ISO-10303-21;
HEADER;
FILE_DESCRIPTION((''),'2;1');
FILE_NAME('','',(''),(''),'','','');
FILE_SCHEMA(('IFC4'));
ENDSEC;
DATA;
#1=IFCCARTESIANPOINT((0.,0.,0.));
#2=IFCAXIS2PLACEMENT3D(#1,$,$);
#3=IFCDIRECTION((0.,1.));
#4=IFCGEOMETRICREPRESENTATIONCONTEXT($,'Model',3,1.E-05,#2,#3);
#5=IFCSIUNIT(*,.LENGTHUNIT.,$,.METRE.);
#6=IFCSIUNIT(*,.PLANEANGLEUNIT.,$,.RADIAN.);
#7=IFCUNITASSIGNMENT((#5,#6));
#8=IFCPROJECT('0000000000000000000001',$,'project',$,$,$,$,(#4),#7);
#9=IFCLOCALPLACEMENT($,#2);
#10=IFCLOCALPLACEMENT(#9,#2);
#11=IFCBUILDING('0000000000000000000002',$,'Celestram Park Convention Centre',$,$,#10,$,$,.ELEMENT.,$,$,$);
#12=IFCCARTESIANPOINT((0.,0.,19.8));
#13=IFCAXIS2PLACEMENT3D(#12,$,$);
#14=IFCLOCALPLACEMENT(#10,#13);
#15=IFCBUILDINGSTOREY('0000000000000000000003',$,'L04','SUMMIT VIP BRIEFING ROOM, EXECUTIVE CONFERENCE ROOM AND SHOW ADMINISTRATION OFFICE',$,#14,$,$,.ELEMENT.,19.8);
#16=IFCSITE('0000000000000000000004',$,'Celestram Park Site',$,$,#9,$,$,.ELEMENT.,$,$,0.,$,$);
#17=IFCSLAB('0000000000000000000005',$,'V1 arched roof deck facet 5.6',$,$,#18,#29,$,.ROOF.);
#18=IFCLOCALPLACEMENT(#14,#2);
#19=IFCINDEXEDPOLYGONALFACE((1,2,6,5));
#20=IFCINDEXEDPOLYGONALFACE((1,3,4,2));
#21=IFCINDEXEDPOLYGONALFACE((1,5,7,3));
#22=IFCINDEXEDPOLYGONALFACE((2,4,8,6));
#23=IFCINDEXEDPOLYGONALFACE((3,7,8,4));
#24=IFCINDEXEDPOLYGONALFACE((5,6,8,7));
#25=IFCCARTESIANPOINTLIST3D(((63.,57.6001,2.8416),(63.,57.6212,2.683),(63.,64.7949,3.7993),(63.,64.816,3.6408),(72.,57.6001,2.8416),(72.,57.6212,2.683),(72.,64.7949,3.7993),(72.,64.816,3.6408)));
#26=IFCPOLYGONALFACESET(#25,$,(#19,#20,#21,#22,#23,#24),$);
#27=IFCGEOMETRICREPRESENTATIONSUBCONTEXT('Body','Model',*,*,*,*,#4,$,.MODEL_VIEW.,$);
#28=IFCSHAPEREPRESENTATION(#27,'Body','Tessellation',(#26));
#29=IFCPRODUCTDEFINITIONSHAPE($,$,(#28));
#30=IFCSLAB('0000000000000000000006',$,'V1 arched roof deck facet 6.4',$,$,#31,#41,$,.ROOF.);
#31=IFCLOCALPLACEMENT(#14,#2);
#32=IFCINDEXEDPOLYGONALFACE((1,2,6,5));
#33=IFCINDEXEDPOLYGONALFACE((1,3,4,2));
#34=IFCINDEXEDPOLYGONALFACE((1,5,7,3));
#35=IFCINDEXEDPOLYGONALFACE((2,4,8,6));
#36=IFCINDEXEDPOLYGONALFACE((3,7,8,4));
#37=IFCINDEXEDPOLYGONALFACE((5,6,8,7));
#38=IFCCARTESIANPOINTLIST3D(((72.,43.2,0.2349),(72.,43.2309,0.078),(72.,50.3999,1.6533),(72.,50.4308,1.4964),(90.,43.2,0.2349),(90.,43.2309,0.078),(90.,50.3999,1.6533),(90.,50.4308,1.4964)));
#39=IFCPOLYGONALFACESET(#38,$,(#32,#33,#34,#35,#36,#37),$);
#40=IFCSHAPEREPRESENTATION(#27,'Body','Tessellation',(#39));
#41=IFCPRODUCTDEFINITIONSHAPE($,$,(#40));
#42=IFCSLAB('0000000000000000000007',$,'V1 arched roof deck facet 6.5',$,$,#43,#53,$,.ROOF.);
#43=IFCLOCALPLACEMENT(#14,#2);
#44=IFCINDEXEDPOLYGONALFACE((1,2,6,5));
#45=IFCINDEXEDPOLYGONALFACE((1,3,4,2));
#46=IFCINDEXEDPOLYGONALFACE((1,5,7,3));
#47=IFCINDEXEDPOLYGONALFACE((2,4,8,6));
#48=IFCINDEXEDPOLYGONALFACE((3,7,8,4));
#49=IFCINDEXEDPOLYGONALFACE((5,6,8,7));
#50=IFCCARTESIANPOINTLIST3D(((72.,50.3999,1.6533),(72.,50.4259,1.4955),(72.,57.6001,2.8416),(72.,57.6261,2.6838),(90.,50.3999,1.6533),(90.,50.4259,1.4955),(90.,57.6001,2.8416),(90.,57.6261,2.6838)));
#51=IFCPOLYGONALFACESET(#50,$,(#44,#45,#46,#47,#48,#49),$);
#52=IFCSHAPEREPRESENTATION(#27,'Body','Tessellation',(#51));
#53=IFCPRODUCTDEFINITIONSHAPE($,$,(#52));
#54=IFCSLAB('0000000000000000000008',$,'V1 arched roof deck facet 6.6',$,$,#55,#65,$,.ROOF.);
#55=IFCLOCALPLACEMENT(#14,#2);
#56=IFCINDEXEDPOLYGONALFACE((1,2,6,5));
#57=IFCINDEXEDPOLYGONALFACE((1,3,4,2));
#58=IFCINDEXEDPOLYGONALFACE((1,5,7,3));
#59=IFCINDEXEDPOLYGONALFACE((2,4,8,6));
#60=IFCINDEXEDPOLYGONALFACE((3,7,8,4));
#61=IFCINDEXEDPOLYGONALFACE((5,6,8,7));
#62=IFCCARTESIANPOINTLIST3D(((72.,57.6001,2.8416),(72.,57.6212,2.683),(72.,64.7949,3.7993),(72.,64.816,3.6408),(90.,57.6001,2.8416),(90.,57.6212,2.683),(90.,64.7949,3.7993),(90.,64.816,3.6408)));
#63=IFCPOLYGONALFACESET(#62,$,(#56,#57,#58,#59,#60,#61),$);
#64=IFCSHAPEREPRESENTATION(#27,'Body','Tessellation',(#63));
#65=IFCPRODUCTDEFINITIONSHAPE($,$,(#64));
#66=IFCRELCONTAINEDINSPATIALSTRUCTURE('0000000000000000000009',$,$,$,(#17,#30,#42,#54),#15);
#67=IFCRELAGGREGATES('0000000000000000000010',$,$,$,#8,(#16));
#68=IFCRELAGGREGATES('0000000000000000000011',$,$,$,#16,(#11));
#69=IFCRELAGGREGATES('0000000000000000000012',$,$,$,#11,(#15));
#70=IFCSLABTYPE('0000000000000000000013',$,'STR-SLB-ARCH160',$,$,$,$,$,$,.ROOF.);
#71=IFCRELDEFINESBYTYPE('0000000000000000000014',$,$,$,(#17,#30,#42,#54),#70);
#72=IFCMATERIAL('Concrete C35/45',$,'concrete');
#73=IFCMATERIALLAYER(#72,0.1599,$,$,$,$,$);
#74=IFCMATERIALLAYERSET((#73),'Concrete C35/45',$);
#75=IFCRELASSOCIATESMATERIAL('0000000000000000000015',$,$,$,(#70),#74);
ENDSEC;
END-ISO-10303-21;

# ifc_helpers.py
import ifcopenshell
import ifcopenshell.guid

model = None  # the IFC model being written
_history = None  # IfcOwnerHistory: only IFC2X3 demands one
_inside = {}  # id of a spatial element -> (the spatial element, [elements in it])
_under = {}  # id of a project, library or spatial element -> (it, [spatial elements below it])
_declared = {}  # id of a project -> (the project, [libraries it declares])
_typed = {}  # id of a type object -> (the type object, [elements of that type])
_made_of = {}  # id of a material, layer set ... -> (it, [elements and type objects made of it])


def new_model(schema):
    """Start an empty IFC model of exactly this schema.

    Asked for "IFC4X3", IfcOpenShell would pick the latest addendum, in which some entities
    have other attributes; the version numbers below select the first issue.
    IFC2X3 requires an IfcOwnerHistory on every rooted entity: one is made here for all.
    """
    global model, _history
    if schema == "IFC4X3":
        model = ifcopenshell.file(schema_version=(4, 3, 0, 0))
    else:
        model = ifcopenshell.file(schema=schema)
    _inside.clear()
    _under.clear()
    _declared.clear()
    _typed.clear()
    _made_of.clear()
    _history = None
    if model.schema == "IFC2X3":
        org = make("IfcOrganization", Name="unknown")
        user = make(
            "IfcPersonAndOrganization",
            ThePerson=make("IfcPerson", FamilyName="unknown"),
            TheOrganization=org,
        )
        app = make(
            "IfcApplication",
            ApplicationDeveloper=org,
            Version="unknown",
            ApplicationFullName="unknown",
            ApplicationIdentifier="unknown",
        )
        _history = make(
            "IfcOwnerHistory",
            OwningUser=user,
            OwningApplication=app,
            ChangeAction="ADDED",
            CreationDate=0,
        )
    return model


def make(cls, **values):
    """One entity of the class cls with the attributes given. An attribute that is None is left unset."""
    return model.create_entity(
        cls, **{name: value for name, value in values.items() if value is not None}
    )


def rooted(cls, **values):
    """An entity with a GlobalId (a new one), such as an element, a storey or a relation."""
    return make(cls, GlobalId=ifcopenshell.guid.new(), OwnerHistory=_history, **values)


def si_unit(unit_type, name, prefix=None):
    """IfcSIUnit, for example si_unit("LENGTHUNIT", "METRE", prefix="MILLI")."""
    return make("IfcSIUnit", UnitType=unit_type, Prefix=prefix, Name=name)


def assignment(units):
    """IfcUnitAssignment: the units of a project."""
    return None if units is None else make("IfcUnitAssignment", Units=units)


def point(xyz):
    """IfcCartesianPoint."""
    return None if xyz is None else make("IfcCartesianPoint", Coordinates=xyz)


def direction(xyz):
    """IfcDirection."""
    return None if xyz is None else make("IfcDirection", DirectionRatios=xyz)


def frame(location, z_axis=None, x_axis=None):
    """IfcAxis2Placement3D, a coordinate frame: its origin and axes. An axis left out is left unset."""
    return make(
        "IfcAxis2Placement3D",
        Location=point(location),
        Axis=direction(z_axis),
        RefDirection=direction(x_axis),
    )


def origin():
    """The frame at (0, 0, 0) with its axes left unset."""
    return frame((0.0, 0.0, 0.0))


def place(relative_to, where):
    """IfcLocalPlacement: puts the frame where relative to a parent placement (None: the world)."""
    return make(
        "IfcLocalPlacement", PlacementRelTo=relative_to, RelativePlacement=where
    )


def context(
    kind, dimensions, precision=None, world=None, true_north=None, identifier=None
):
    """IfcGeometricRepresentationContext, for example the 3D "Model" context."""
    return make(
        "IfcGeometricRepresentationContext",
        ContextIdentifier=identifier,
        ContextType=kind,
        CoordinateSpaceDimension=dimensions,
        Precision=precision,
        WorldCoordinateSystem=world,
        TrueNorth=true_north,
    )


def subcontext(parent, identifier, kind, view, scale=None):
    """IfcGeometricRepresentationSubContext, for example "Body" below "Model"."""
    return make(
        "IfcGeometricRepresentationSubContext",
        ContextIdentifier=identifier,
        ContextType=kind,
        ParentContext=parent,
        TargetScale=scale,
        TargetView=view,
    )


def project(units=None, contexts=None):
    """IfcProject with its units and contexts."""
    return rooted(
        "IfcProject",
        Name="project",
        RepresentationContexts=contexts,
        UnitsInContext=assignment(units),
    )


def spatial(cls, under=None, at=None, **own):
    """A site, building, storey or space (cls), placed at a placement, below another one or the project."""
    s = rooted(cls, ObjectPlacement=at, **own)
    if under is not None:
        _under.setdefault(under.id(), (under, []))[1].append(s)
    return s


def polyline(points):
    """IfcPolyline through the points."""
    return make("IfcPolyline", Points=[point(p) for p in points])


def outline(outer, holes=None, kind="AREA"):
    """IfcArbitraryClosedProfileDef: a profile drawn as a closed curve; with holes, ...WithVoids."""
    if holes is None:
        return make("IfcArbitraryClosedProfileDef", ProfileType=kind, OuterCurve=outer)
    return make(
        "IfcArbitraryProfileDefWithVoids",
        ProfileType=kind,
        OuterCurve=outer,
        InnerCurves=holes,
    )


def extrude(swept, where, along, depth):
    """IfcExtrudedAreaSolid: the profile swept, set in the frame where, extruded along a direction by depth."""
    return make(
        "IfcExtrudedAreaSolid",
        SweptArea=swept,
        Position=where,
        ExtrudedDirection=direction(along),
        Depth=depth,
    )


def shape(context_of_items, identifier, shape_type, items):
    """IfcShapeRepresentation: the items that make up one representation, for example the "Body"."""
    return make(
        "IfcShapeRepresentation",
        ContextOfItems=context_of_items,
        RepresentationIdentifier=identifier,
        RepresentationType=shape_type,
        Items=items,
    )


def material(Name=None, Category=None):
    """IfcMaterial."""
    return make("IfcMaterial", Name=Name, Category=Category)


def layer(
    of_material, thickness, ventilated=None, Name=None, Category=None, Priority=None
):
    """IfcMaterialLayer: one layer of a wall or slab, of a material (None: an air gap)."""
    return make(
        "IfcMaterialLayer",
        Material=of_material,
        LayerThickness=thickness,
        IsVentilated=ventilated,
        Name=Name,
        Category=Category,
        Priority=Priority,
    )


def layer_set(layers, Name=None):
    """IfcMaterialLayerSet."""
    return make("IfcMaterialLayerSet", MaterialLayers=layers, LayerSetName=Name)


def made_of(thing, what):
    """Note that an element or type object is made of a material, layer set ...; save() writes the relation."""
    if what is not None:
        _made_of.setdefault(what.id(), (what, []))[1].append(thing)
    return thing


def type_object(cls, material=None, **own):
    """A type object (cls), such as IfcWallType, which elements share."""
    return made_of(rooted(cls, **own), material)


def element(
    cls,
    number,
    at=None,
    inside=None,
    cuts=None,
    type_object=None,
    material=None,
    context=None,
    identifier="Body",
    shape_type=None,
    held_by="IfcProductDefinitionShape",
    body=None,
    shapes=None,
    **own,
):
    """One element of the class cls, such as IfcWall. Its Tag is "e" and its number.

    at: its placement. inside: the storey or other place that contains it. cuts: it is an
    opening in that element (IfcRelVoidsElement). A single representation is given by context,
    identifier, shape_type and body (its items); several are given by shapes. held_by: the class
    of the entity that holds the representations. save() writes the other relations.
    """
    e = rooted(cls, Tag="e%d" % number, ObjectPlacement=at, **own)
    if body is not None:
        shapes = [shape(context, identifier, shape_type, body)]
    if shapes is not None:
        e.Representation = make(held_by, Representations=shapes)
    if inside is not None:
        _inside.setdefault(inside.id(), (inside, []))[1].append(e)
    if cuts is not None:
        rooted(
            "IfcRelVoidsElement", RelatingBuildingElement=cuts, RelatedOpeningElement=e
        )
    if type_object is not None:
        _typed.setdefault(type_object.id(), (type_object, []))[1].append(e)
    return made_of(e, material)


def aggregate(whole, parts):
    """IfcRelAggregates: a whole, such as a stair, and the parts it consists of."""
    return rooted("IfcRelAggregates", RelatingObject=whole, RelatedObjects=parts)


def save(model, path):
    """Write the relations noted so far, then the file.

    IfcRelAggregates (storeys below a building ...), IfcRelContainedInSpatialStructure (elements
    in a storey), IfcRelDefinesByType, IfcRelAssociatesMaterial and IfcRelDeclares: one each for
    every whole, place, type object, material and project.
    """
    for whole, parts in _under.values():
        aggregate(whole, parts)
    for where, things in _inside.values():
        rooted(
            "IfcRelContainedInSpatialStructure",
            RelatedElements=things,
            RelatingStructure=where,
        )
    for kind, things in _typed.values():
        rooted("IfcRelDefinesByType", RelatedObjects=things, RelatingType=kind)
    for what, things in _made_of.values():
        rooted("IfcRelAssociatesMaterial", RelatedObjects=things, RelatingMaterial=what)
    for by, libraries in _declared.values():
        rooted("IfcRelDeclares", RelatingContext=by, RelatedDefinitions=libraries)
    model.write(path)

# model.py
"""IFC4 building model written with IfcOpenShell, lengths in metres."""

from ifc_helpers import new_model, si_unit, direction, frame, origin, place, context, subcontext, project, spatial, polyline, outline, extrude, material, layer, layer_set, type_object, element, save


model = new_model("IFC4")

# Units and contexts
model_context = context("Model", 3, precision=1e-05, world=origin(), true_north=direction((0.0, 1.0)))
body_context = subcontext(model_context, "Body", "Model", "MODEL_VIEW")
ifc_project = project(units=[si_unit("LENGTHUNIT", "METRE"), si_unit("PLANEANGLEUNIT", "RADIAN")], contexts=[model_context])

# Site, building, storey
site_placement = place(None, origin())
site = spatial("IfcSite", under=ifc_project, at=site_placement, Name="Celestram Park Site", CompositionType="ELEMENT", RefElevation=0.0)
building_placement = place(site_placement, origin())
building = spatial("IfcBuilding", under=site, at=building_placement, Name="Celestram Park Convention Centre", CompositionType="ELEMENT")
storey_placement = place(building_placement, frame((0.0, 0.0, 19.8)))
storey = spatial("IfcBuildingStorey", under=building, at=storey_placement, Name="L04", Description="SUMMIT VIP BRIEFING ROOM, EXECUTIVE CONFERENCE ROOM AND SHOW ADMINISTRATION OFFICE", CompositionType="ELEMENT", Elevation=19.8)

# Slabs
ifc_material_1 = material(Name="Concrete C35/45", Category="concrete")
ifc_layer_1 = layer(ifc_material_1, 0.1599)
ifc_layer_set_1 = layer_set([ifc_layer_1], Name="Concrete C35/45")
slab_type = type_object("IfcSlabType", Name="STR-SLB-ARCH160", PredefinedType="ROOF", material=ifc_layer_set_1)
slab_1_placement = place(storey_placement, frame((63.0, 57.6001, 2.8416), z_axis=(0.0, -0.131954, 0.991256), x_axis=(1.0, 0.0, 0.0)))
element("IfcSlab", 1, at=slab_1_placement, inside=storey, type_object=slab_type, Name="V1 arched roof deck facet 5.6", PredefinedType="ROOF", context=body_context, shape_type="SweptSolid", body=[
    extrude(outline(polyline([(0.0, 0.0), (9.0, 0.0), (9.0, 7.2583), (0.0, 7.2583), (0.0, 0.0)])), origin(), (0.0, 0.0, -1.0), 0.1599),
])
slab_2_placement = place(storey_placement, frame((72.0, 43.2, 0.2349), z_axis=(0.0, -0.193294, 0.981141), x_axis=(1.0, 0.0, 0.0)))
element("IfcSlab", 2, at=slab_2_placement, inside=storey, type_object=slab_type, Name="V1 arched roof deck facet 6.4", PredefinedType="ROOF", context=body_context, shape_type="SweptSolid", body=[
    extrude(outline(polyline([(0.0, 0.0), (18.0, 0.0), (18.0, 7.3383), (0.0, 7.3383), (0.0, 0.0)])), origin(), (0.0, 0.0, -1.0), 0.1599),
])
slab_3_placement = place(storey_placement, frame((72.0, 50.3999, 1.6533), z_axis=(0.0, -0.162825, 0.986655), x_axis=(1.0, 0.0, 0.0)))
element("IfcSlab", 3, at=slab_3_placement, inside=storey, type_object=slab_type, Name="V1 arched roof deck facet 6.5", PredefinedType="ROOF", context=body_context, shape_type="SweptSolid", body=[
    extrude(outline(polyline([(0.0, 0.0), (18.0, 0.0), (18.0, 7.2976), (0.0, 7.2976), (0.0, 0.0)])), origin(), (0.0, 0.0, -1.0), 0.1599),
])
slab_4_placement = place(storey_placement, frame((72.0, 57.6001, 2.8416), z_axis=(0.0, -0.131954, 0.991256), x_axis=(1.0, 0.0, 0.0)))
element("IfcSlab", 4, at=slab_4_placement, inside=storey, type_object=slab_type, Name="V1 arched roof deck facet 6.6", PredefinedType="ROOF", context=body_context, shape_type="SweptSolid", body=[
    extrude(outline(polyline([(0.0, 0.0), (18.0, 0.0), (18.0, 7.2583), (0.0, 7.2583), (0.0, 0.0)])), origin(), (0.0, 0.0, -1.0), 0.1599),
])

save(model, "model.ifc")
